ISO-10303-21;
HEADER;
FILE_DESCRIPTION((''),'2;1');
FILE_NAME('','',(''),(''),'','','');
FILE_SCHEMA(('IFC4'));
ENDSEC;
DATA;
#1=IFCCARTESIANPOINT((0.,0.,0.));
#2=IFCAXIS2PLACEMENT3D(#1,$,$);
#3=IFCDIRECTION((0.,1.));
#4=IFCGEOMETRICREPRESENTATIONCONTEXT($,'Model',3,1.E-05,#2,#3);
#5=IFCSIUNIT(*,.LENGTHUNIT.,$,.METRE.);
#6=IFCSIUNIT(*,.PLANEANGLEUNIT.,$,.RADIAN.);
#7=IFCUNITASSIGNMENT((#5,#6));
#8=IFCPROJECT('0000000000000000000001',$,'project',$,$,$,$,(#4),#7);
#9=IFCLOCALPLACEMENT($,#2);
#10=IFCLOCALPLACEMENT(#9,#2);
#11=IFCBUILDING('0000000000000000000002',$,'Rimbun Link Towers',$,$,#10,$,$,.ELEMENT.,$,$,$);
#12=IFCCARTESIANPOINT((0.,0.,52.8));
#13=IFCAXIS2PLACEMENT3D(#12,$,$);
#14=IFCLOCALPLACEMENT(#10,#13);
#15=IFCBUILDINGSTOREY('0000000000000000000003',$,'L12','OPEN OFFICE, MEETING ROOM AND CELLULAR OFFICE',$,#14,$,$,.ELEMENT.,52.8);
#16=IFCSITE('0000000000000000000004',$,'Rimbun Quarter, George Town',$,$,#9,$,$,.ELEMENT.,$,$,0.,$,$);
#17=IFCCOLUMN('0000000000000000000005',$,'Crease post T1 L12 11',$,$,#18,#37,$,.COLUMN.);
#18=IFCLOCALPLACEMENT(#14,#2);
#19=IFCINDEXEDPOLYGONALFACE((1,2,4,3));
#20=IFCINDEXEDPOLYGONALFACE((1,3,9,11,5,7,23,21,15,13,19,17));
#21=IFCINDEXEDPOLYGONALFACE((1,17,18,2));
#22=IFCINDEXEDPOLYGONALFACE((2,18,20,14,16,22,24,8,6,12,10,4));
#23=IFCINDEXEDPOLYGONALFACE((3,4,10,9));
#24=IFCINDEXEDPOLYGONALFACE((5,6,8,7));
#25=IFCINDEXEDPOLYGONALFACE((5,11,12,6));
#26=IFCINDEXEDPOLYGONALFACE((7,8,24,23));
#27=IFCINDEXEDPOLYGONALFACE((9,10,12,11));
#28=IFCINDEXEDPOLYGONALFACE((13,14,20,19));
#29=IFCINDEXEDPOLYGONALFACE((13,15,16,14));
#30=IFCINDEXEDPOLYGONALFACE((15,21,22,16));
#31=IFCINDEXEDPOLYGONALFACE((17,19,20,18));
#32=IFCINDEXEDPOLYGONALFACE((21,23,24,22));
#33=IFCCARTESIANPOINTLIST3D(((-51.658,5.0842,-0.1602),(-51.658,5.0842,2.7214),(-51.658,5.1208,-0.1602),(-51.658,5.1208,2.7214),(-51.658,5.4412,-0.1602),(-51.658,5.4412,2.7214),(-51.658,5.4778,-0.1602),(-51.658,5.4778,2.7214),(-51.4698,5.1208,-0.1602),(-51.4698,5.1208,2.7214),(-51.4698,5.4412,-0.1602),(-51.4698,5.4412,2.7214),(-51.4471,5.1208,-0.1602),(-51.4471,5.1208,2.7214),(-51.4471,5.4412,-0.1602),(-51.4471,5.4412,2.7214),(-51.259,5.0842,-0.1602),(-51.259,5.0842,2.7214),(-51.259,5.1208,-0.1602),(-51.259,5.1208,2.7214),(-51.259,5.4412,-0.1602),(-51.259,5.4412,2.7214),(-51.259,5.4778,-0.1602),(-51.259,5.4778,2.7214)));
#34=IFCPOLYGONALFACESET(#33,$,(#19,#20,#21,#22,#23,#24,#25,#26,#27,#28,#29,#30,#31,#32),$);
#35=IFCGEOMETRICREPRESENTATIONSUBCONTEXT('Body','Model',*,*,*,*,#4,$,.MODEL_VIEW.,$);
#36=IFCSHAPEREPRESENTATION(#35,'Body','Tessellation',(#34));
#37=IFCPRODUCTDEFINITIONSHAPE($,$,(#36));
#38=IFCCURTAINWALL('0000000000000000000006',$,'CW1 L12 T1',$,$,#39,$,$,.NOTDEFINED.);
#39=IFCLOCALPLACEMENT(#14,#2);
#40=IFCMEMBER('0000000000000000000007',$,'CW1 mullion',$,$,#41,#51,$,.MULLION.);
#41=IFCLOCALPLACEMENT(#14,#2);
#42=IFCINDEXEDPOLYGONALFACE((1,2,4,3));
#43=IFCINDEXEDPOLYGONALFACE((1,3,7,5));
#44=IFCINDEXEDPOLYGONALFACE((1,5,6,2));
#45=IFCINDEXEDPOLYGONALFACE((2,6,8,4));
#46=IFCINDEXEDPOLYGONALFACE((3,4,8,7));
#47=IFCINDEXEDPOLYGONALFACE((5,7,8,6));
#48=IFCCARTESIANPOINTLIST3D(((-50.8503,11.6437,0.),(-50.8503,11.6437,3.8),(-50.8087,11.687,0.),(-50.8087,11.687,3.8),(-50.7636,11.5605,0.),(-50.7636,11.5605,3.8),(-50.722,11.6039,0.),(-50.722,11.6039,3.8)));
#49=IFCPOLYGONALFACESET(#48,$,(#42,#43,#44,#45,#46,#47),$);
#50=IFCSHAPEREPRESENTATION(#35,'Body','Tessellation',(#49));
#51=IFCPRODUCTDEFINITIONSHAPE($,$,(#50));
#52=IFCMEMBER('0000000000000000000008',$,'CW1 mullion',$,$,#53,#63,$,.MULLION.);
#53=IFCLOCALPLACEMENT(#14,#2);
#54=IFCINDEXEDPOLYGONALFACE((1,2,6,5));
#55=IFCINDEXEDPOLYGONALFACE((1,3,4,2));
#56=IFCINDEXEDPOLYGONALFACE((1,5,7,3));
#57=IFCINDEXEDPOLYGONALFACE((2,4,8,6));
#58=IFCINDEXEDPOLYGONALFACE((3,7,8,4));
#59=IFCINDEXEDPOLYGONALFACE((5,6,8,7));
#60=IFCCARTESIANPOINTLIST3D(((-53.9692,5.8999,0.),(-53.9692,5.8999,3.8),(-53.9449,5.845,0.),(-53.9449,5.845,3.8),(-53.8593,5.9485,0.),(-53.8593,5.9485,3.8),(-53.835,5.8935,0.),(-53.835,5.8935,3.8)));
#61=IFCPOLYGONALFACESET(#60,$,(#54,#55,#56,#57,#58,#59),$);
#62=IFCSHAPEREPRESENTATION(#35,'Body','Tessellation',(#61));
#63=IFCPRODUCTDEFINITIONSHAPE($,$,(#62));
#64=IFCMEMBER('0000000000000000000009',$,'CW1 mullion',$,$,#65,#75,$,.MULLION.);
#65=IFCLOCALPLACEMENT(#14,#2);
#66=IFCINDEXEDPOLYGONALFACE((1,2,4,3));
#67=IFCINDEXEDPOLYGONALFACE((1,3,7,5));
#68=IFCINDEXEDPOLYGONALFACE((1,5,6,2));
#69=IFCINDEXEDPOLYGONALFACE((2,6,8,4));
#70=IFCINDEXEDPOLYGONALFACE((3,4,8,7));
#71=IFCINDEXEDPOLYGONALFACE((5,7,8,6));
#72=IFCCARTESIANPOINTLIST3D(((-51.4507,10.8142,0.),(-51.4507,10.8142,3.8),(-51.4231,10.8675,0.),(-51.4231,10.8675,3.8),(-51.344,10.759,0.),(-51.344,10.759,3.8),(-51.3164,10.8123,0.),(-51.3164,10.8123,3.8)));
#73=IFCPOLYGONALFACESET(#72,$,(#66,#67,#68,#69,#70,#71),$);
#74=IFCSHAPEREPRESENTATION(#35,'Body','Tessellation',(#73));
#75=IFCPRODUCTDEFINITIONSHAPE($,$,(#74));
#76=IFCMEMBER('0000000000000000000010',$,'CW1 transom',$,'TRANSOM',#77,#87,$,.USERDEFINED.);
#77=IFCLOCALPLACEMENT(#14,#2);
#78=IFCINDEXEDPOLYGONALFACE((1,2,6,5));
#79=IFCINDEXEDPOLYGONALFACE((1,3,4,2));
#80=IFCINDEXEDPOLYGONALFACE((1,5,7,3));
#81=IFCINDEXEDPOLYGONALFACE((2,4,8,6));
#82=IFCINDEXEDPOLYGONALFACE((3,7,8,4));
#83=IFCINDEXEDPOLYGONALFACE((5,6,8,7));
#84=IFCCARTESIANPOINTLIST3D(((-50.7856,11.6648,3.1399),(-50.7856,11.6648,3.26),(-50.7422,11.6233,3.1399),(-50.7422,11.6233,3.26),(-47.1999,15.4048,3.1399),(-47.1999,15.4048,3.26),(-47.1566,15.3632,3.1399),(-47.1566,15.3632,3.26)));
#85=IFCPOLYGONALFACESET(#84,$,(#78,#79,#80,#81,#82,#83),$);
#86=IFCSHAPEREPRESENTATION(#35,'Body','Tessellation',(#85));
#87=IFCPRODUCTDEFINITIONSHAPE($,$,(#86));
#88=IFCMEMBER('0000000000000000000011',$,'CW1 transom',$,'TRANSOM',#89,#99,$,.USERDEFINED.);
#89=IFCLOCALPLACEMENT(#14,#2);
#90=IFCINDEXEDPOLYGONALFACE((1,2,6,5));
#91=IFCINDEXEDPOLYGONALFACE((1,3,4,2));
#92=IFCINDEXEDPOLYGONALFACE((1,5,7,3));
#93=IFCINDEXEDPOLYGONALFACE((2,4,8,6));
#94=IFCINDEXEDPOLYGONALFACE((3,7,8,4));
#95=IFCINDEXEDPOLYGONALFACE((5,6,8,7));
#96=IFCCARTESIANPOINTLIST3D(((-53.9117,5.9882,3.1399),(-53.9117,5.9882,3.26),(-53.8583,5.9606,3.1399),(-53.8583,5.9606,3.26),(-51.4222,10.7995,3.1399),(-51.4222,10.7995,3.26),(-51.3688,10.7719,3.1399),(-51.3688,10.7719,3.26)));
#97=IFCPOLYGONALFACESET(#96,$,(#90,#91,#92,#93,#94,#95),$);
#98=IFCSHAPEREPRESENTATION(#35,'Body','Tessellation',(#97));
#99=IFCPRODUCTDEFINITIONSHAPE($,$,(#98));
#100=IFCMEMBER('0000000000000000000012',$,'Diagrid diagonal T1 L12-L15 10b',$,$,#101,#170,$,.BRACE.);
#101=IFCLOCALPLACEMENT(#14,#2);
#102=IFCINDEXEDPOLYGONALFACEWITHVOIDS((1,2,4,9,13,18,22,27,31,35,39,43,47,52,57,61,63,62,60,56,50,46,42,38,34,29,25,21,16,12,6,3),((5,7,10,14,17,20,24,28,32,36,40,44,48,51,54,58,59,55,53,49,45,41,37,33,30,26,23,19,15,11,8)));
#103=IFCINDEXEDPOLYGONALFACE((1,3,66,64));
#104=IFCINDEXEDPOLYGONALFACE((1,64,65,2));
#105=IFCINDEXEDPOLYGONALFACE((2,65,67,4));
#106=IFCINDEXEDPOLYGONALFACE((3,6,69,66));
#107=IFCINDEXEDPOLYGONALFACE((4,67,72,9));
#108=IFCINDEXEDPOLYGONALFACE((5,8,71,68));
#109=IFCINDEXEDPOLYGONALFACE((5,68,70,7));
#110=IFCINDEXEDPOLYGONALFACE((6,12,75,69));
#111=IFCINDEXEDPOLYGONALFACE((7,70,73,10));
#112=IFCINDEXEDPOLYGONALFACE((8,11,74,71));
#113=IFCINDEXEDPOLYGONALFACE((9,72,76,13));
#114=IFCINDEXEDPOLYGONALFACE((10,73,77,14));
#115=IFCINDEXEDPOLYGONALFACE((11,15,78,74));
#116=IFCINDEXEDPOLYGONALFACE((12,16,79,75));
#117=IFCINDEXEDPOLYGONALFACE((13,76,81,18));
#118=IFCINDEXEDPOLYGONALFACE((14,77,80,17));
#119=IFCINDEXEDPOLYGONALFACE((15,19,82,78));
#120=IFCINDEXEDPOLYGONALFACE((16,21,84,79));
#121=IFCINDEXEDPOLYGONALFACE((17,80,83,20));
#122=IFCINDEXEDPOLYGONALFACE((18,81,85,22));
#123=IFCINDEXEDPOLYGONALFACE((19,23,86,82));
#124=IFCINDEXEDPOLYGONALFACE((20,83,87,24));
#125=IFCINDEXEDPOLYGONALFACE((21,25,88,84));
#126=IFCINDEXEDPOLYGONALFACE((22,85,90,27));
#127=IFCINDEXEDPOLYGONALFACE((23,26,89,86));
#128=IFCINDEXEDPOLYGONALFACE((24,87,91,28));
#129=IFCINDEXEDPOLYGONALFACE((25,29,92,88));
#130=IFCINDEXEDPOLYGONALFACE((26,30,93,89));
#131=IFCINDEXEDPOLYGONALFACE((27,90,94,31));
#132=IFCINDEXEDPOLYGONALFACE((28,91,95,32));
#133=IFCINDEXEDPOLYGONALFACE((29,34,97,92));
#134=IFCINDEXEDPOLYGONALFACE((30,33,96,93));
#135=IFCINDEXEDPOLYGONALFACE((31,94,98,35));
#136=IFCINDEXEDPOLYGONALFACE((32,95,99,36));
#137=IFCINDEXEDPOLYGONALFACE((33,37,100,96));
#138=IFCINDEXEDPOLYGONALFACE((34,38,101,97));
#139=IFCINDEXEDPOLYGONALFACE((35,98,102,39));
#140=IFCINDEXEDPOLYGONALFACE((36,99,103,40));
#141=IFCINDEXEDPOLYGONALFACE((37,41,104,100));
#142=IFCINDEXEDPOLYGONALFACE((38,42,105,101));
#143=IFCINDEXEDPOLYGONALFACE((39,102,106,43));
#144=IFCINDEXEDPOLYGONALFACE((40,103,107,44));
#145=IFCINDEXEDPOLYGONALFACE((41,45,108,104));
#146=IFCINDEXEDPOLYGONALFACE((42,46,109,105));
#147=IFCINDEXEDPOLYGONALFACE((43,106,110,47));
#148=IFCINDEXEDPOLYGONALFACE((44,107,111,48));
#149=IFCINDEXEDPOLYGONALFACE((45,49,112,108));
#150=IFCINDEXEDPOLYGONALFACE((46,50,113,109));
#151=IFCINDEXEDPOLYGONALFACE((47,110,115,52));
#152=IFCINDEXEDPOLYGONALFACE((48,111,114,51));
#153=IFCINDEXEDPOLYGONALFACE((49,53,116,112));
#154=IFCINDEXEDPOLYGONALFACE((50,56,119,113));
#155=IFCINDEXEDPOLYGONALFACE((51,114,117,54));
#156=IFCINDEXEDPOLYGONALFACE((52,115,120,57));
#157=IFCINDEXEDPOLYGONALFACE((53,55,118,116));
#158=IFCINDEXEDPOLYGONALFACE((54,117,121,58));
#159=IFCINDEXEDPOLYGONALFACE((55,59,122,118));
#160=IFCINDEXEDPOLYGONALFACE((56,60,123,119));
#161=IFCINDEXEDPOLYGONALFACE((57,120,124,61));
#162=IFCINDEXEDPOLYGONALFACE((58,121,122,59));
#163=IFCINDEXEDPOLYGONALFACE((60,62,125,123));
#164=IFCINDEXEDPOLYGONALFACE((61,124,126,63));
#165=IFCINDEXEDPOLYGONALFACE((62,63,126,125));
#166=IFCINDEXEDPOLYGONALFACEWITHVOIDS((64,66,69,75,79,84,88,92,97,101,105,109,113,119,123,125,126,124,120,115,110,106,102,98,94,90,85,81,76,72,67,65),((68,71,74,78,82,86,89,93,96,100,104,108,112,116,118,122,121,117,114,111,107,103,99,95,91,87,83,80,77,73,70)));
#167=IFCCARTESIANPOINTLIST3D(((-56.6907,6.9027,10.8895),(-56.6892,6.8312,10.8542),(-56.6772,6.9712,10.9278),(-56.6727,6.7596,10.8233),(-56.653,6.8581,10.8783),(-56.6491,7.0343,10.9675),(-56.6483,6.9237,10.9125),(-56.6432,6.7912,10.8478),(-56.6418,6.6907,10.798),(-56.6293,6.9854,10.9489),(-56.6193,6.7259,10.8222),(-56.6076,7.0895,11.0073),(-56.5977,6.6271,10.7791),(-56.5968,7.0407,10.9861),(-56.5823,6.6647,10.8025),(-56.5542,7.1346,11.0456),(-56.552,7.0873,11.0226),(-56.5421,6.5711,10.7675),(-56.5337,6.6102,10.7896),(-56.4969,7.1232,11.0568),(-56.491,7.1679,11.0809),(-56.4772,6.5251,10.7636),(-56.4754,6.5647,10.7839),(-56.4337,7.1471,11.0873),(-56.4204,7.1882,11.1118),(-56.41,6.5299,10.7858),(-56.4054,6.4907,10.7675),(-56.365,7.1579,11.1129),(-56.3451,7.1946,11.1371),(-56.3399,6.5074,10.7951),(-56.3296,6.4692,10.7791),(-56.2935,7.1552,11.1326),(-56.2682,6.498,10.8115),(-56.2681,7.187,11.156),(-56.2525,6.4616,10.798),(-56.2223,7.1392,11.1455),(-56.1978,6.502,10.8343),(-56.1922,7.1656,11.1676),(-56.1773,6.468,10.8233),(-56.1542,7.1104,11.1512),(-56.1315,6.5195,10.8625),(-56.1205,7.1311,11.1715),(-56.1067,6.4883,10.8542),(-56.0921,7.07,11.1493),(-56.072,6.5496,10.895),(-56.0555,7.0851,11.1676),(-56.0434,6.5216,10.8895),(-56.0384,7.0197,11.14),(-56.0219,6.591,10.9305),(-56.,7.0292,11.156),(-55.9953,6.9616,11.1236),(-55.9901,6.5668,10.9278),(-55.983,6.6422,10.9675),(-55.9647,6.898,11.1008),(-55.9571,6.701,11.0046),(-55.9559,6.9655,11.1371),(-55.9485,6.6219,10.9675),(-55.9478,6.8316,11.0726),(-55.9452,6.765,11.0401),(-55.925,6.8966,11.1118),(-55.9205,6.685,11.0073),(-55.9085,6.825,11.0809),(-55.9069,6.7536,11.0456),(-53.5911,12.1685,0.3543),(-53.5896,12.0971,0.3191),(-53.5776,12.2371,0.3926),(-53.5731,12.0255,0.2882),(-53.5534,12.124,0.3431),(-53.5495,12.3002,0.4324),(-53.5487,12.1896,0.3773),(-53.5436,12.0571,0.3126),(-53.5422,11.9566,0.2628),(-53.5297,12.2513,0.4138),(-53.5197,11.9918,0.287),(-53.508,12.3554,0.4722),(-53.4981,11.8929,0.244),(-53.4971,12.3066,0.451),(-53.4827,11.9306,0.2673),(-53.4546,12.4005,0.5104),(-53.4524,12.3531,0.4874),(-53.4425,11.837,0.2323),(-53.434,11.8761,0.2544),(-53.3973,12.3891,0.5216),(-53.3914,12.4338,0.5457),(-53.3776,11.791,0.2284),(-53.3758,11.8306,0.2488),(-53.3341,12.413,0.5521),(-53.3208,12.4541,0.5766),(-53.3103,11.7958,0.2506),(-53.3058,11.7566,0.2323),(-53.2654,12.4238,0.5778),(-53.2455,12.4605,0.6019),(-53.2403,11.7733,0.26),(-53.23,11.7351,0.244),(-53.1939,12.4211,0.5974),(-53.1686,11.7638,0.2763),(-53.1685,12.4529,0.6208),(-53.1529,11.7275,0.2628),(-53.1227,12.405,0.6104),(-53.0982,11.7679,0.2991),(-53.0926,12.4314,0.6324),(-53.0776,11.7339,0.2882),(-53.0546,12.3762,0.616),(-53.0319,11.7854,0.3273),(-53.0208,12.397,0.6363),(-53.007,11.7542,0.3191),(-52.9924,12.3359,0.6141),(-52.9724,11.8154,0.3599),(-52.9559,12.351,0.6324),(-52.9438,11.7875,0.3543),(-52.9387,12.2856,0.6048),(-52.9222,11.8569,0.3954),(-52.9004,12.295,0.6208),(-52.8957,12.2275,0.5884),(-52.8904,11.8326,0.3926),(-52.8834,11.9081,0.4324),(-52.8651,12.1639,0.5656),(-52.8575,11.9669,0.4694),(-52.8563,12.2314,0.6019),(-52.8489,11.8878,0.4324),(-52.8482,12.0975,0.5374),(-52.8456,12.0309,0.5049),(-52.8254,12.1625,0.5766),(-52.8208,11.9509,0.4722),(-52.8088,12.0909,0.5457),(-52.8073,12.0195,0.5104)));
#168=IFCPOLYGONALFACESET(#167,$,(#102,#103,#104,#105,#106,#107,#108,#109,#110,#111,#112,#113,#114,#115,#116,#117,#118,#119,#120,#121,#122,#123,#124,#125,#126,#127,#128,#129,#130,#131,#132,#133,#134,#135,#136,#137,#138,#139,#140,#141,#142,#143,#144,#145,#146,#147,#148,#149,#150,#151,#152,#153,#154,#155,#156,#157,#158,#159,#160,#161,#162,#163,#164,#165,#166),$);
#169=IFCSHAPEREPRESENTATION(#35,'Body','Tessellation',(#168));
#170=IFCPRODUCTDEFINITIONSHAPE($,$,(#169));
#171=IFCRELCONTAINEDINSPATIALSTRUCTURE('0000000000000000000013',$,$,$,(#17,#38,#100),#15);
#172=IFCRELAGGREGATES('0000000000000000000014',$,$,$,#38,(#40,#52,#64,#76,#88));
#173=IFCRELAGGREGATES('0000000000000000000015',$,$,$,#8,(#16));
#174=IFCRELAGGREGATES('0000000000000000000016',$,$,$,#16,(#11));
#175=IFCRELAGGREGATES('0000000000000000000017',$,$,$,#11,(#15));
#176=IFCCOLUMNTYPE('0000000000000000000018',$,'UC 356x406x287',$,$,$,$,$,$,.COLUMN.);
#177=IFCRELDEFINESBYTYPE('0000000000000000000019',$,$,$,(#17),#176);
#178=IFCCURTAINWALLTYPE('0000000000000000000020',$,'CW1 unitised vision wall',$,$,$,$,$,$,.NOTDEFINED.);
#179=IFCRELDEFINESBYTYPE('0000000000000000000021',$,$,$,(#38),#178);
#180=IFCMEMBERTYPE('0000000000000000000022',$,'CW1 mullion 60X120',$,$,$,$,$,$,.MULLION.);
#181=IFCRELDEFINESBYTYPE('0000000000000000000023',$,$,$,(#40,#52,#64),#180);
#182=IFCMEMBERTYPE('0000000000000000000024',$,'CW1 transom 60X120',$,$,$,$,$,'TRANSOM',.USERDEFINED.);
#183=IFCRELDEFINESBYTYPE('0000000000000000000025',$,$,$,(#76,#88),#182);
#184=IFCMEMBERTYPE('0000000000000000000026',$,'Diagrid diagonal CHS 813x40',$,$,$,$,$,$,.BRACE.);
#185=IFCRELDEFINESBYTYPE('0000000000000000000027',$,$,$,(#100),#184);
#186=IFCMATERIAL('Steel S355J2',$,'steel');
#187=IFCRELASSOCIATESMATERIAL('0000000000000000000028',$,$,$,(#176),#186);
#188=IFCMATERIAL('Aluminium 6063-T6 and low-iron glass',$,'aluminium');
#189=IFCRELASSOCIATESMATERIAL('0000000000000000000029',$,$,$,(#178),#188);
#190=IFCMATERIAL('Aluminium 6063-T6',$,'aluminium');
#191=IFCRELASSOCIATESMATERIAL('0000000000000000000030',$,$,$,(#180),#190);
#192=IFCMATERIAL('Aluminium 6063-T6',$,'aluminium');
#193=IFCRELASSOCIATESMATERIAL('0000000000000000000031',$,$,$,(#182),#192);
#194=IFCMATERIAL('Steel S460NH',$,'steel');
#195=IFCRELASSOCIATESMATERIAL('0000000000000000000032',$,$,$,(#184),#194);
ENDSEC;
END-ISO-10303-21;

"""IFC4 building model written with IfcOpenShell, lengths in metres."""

from ifc_helpers import new_model, si_unit, direction, frame, origin, origin_2d, place, context, subcontext, project, spatial, rectangle, hollow_circle, i_section, extrude, material, material_profile, profile_set, type_object, element, aggregate, save


model = new_model("IFC4")

# Units and contexts
model_context = context("Model", 3, precision=1e-05, world=origin(), true_north=direction((0.0, 1.0)))
body_context = subcontext(model_context, "Body", "Model", "MODEL_VIEW")
ifc_project = project(units=[si_unit("LENGTHUNIT", "METRE"), si_unit("PLANEANGLEUNIT", "RADIAN")], contexts=[model_context])

# Site, building, storey
site_placement = place(None, origin())
site = spatial("IfcSite", under=ifc_project, at=site_placement, Name="Rimbun Quarter, George Town", CompositionType="ELEMENT", RefElevation=0.0)
building_placement = place(site_placement, origin())
building = spatial("IfcBuilding", under=site, at=building_placement, Name="Rimbun Link Towers", CompositionType="ELEMENT")
storey_placement = place(building_placement, frame((0.0, 0.0, 52.8)))
storey = spatial("IfcBuildingStorey", under=building, at=storey_placement, Name="L12", Description="OPEN OFFICE, MEETING ROOM AND CELLULAR OFFICE", CompositionType="ELEMENT", Elevation=52.8)

# Column
ifc_material_1 = material(Name="Steel S355J2", Category="steel")
ifc_material_profile_1 = material_profile(ifc_material_1, i_section(OverallWidth=0.3989, OverallDepth=0.3936, WebThickness=0.0227, FlangeThickness=0.0366, at=origin_2d()), Name="UC 356x406x287")
ifc_profile_set_1 = profile_set([ifc_material_profile_1], Name="Steel S355J2")
column_type = type_object("IfcColumnType", Name="UC 356x406x287", PredefinedType="COLUMN", material=ifc_profile_set_1)
column_placement = place(storey_placement, frame((-51.4585, 5.281, -0.1602), z_axis=(0.0, 0.0, 1.0), x_axis=(1.0, 0.0, 0.0)))
element("IfcColumn", 1, at=column_placement, inside=storey, type_object=column_type, Name="Crease post T1 L12 11", PredefinedType="COLUMN", context=body_context, shape_type="SweptSolid", body=[
    extrude(i_section(OverallWidth=0.3989, OverallDepth=0.3936, WebThickness=0.0227, FlangeThickness=0.0366, at=origin_2d()), origin(), (0.0, 0.0, 1.0), 2.8816),
])

# Curtain wall, members
ifc_material_2 = material(Name="Aluminium 6063-T6 and low-iron glass", Category="aluminium")
curtain_wall_type = type_object("IfcCurtainWallType", Name="CW1 unitised vision wall", PredefinedType="NOTDEFINED", material=ifc_material_2)
curtain_wall_placement = place(storey_placement, origin())
curtain_wall = element("IfcCurtainWall", 2, at=curtain_wall_placement, inside=storey, type_object=curtain_wall_type, Name="CW1 L12 T1", PredefinedType="NOTDEFINED")
ifc_material_3 = material(Name="Aluminium 6063-T6", Category="aluminium")
ifc_material_profile_2 = material_profile(ifc_material_3, rectangle(XDim=0.1201, YDim=0.0601, at=origin_2d()), Name="MULLION 60X120")
ifc_profile_set_2 = profile_set([ifc_material_profile_2], Name="Aluminium 6063-T6")
member_type_1 = type_object("IfcMemberType", Name="CW1 mullion 60X120", PredefinedType="MULLION", material=ifc_profile_set_2)
member_1_placement = place(storey_placement, frame((-50.7861, 11.6238, 0.0), z_axis=(0.0, 0.0, 1.0), x_axis=(-0.721835, 0.692065, 0.0)))
member_1 = element("IfcMember", 3, at=member_1_placement, type_object=member_type_1, Name="CW1 mullion", PredefinedType="MULLION", context=body_context, shape_type="SweptSolid", body=[
    extrude(rectangle(XDim=0.1201, YDim=0.0601, at=origin_2d()), origin(), (0.0, 0.0, 1.0), 3.8),
])
member_2_placement = place(storey_placement, frame((-53.9021, 5.8967, 0.0), z_axis=(0.0, 0.0, 1.0), x_axis=(-0.914813, -0.403877, 0.0)))
member_2 = element("IfcMember", 4, at=member_2_placement, type_object=member_type_1, Name="CW1 mullion", PredefinedType="MULLION", context=body_context, shape_type="SweptSolid", body=[
    extrude(rectangle(XDim=0.1201, YDim=0.0601, at=origin_2d()), origin(), (0.0, 0.0, 1.0), 3.8),
])
member_3_placement = place(storey_placement, frame((-51.3835, 10.8132, 0.0), z_axis=(0.0, 0.0, 1.0), x_axis=(-0.888157, 0.459541, 0.0)))
member_3 = element("IfcMember", 5, at=member_3_placement, type_object=member_type_1, Name="CW1 mullion", PredefinedType="MULLION", context=body_context, shape_type="SweptSolid", body=[
    extrude(rectangle(XDim=0.1201, YDim=0.0601, at=origin_2d()), origin(), (0.0, 0.0, 1.0), 3.8),
])
ifc_material_4 = material(Name="Aluminium 6063-T6", Category="aluminium")
ifc_material_profile_3 = material_profile(ifc_material_4, rectangle(XDim=0.0601, YDim=0.1201, at=origin_2d()), Name="TRANSOM 60X120")
ifc_profile_set_3 = profile_set([ifc_material_profile_3], Name="Aluminium 6063-T6")
member_type_2 = type_object("IfcMemberType", Name="CW1 transom 60X120", ElementType="TRANSOM", PredefinedType="USERDEFINED", material=ifc_profile_set_3)
member_4_placement = place(storey_placement, frame((-50.7639, 11.644, 3.2), z_axis=(0.69206, 0.72184, 0.0), x_axis=(-0.72184, 0.69206, 0.0)))
member_4 = element("IfcMember", 6, at=member_4_placement, type_object=member_type_2, Name="CW1 transom", ObjectType="TRANSOM", PredefinedType="USERDEFINED", context=body_context, shape_type="SweptSolid", body=[
    extrude(rectangle(XDim=0.0601, YDim=0.1201, at=origin_2d()), origin(), (0.0, 0.0, 1.0), 5.1812),
])
member_5_placement = place(storey_placement, frame((-53.885, 5.9744, 3.2), z_axis=(0.459555, 0.888149, 0.0), x_axis=(-0.888149, 0.459555, 0.0)))
member_5 = element("IfcMember", 7, at=member_5_placement, type_object=member_type_2, Name="CW1 transom", ObjectType="TRANSOM", PredefinedType="USERDEFINED", context=body_context, shape_type="SweptSolid", body=[
    extrude(rectangle(XDim=0.0601, YDim=0.1201, at=origin_2d()), origin(), (0.0, 0.0, 1.0), 5.4172),
])

# Member
ifc_material_5 = material(Name="Steel S460NH", Category="steel")
ifc_material_profile_4 = material_profile(ifc_material_5, hollow_circle(Radius=0.4065, WallThickness=0.04, at=origin_2d()), Name="Diagrid diagonal CHS 813x40")
ifc_profile_set_4 = profile_set([ifc_material_profile_4], Name="Steel S460NH")
member_type_3 = type_object("IfcMemberType", Name="Diagrid diagonal CHS 813x40", PredefinedType="BRACE", material=ifc_profile_set_4)
member_6_placement = place(storey_placement, frame((-53.1992, 12.094, 0.4324), z_axis=(-0.254506, -0.432375, 0.865031), x_axis=(0.861788, -0.507268, 0.0)))
element("IfcMember", 8, at=member_6_placement, inside=storey, type_object=member_type_3, Name="Diagrid diagonal T1 L12-L15 10b", PredefinedType="BRACE", context=body_context, shape_type="SweptSolid", body=[
    extrude(hollow_circle(Radius=0.4065, WallThickness=0.04, at=origin_2d()), origin(), (0.0, 0.0, 1.0), 12.179),
])

aggregate(curtain_wall, [member_1, member_2, member_3, member_4, member_5])

save(model, "model.ifc")
